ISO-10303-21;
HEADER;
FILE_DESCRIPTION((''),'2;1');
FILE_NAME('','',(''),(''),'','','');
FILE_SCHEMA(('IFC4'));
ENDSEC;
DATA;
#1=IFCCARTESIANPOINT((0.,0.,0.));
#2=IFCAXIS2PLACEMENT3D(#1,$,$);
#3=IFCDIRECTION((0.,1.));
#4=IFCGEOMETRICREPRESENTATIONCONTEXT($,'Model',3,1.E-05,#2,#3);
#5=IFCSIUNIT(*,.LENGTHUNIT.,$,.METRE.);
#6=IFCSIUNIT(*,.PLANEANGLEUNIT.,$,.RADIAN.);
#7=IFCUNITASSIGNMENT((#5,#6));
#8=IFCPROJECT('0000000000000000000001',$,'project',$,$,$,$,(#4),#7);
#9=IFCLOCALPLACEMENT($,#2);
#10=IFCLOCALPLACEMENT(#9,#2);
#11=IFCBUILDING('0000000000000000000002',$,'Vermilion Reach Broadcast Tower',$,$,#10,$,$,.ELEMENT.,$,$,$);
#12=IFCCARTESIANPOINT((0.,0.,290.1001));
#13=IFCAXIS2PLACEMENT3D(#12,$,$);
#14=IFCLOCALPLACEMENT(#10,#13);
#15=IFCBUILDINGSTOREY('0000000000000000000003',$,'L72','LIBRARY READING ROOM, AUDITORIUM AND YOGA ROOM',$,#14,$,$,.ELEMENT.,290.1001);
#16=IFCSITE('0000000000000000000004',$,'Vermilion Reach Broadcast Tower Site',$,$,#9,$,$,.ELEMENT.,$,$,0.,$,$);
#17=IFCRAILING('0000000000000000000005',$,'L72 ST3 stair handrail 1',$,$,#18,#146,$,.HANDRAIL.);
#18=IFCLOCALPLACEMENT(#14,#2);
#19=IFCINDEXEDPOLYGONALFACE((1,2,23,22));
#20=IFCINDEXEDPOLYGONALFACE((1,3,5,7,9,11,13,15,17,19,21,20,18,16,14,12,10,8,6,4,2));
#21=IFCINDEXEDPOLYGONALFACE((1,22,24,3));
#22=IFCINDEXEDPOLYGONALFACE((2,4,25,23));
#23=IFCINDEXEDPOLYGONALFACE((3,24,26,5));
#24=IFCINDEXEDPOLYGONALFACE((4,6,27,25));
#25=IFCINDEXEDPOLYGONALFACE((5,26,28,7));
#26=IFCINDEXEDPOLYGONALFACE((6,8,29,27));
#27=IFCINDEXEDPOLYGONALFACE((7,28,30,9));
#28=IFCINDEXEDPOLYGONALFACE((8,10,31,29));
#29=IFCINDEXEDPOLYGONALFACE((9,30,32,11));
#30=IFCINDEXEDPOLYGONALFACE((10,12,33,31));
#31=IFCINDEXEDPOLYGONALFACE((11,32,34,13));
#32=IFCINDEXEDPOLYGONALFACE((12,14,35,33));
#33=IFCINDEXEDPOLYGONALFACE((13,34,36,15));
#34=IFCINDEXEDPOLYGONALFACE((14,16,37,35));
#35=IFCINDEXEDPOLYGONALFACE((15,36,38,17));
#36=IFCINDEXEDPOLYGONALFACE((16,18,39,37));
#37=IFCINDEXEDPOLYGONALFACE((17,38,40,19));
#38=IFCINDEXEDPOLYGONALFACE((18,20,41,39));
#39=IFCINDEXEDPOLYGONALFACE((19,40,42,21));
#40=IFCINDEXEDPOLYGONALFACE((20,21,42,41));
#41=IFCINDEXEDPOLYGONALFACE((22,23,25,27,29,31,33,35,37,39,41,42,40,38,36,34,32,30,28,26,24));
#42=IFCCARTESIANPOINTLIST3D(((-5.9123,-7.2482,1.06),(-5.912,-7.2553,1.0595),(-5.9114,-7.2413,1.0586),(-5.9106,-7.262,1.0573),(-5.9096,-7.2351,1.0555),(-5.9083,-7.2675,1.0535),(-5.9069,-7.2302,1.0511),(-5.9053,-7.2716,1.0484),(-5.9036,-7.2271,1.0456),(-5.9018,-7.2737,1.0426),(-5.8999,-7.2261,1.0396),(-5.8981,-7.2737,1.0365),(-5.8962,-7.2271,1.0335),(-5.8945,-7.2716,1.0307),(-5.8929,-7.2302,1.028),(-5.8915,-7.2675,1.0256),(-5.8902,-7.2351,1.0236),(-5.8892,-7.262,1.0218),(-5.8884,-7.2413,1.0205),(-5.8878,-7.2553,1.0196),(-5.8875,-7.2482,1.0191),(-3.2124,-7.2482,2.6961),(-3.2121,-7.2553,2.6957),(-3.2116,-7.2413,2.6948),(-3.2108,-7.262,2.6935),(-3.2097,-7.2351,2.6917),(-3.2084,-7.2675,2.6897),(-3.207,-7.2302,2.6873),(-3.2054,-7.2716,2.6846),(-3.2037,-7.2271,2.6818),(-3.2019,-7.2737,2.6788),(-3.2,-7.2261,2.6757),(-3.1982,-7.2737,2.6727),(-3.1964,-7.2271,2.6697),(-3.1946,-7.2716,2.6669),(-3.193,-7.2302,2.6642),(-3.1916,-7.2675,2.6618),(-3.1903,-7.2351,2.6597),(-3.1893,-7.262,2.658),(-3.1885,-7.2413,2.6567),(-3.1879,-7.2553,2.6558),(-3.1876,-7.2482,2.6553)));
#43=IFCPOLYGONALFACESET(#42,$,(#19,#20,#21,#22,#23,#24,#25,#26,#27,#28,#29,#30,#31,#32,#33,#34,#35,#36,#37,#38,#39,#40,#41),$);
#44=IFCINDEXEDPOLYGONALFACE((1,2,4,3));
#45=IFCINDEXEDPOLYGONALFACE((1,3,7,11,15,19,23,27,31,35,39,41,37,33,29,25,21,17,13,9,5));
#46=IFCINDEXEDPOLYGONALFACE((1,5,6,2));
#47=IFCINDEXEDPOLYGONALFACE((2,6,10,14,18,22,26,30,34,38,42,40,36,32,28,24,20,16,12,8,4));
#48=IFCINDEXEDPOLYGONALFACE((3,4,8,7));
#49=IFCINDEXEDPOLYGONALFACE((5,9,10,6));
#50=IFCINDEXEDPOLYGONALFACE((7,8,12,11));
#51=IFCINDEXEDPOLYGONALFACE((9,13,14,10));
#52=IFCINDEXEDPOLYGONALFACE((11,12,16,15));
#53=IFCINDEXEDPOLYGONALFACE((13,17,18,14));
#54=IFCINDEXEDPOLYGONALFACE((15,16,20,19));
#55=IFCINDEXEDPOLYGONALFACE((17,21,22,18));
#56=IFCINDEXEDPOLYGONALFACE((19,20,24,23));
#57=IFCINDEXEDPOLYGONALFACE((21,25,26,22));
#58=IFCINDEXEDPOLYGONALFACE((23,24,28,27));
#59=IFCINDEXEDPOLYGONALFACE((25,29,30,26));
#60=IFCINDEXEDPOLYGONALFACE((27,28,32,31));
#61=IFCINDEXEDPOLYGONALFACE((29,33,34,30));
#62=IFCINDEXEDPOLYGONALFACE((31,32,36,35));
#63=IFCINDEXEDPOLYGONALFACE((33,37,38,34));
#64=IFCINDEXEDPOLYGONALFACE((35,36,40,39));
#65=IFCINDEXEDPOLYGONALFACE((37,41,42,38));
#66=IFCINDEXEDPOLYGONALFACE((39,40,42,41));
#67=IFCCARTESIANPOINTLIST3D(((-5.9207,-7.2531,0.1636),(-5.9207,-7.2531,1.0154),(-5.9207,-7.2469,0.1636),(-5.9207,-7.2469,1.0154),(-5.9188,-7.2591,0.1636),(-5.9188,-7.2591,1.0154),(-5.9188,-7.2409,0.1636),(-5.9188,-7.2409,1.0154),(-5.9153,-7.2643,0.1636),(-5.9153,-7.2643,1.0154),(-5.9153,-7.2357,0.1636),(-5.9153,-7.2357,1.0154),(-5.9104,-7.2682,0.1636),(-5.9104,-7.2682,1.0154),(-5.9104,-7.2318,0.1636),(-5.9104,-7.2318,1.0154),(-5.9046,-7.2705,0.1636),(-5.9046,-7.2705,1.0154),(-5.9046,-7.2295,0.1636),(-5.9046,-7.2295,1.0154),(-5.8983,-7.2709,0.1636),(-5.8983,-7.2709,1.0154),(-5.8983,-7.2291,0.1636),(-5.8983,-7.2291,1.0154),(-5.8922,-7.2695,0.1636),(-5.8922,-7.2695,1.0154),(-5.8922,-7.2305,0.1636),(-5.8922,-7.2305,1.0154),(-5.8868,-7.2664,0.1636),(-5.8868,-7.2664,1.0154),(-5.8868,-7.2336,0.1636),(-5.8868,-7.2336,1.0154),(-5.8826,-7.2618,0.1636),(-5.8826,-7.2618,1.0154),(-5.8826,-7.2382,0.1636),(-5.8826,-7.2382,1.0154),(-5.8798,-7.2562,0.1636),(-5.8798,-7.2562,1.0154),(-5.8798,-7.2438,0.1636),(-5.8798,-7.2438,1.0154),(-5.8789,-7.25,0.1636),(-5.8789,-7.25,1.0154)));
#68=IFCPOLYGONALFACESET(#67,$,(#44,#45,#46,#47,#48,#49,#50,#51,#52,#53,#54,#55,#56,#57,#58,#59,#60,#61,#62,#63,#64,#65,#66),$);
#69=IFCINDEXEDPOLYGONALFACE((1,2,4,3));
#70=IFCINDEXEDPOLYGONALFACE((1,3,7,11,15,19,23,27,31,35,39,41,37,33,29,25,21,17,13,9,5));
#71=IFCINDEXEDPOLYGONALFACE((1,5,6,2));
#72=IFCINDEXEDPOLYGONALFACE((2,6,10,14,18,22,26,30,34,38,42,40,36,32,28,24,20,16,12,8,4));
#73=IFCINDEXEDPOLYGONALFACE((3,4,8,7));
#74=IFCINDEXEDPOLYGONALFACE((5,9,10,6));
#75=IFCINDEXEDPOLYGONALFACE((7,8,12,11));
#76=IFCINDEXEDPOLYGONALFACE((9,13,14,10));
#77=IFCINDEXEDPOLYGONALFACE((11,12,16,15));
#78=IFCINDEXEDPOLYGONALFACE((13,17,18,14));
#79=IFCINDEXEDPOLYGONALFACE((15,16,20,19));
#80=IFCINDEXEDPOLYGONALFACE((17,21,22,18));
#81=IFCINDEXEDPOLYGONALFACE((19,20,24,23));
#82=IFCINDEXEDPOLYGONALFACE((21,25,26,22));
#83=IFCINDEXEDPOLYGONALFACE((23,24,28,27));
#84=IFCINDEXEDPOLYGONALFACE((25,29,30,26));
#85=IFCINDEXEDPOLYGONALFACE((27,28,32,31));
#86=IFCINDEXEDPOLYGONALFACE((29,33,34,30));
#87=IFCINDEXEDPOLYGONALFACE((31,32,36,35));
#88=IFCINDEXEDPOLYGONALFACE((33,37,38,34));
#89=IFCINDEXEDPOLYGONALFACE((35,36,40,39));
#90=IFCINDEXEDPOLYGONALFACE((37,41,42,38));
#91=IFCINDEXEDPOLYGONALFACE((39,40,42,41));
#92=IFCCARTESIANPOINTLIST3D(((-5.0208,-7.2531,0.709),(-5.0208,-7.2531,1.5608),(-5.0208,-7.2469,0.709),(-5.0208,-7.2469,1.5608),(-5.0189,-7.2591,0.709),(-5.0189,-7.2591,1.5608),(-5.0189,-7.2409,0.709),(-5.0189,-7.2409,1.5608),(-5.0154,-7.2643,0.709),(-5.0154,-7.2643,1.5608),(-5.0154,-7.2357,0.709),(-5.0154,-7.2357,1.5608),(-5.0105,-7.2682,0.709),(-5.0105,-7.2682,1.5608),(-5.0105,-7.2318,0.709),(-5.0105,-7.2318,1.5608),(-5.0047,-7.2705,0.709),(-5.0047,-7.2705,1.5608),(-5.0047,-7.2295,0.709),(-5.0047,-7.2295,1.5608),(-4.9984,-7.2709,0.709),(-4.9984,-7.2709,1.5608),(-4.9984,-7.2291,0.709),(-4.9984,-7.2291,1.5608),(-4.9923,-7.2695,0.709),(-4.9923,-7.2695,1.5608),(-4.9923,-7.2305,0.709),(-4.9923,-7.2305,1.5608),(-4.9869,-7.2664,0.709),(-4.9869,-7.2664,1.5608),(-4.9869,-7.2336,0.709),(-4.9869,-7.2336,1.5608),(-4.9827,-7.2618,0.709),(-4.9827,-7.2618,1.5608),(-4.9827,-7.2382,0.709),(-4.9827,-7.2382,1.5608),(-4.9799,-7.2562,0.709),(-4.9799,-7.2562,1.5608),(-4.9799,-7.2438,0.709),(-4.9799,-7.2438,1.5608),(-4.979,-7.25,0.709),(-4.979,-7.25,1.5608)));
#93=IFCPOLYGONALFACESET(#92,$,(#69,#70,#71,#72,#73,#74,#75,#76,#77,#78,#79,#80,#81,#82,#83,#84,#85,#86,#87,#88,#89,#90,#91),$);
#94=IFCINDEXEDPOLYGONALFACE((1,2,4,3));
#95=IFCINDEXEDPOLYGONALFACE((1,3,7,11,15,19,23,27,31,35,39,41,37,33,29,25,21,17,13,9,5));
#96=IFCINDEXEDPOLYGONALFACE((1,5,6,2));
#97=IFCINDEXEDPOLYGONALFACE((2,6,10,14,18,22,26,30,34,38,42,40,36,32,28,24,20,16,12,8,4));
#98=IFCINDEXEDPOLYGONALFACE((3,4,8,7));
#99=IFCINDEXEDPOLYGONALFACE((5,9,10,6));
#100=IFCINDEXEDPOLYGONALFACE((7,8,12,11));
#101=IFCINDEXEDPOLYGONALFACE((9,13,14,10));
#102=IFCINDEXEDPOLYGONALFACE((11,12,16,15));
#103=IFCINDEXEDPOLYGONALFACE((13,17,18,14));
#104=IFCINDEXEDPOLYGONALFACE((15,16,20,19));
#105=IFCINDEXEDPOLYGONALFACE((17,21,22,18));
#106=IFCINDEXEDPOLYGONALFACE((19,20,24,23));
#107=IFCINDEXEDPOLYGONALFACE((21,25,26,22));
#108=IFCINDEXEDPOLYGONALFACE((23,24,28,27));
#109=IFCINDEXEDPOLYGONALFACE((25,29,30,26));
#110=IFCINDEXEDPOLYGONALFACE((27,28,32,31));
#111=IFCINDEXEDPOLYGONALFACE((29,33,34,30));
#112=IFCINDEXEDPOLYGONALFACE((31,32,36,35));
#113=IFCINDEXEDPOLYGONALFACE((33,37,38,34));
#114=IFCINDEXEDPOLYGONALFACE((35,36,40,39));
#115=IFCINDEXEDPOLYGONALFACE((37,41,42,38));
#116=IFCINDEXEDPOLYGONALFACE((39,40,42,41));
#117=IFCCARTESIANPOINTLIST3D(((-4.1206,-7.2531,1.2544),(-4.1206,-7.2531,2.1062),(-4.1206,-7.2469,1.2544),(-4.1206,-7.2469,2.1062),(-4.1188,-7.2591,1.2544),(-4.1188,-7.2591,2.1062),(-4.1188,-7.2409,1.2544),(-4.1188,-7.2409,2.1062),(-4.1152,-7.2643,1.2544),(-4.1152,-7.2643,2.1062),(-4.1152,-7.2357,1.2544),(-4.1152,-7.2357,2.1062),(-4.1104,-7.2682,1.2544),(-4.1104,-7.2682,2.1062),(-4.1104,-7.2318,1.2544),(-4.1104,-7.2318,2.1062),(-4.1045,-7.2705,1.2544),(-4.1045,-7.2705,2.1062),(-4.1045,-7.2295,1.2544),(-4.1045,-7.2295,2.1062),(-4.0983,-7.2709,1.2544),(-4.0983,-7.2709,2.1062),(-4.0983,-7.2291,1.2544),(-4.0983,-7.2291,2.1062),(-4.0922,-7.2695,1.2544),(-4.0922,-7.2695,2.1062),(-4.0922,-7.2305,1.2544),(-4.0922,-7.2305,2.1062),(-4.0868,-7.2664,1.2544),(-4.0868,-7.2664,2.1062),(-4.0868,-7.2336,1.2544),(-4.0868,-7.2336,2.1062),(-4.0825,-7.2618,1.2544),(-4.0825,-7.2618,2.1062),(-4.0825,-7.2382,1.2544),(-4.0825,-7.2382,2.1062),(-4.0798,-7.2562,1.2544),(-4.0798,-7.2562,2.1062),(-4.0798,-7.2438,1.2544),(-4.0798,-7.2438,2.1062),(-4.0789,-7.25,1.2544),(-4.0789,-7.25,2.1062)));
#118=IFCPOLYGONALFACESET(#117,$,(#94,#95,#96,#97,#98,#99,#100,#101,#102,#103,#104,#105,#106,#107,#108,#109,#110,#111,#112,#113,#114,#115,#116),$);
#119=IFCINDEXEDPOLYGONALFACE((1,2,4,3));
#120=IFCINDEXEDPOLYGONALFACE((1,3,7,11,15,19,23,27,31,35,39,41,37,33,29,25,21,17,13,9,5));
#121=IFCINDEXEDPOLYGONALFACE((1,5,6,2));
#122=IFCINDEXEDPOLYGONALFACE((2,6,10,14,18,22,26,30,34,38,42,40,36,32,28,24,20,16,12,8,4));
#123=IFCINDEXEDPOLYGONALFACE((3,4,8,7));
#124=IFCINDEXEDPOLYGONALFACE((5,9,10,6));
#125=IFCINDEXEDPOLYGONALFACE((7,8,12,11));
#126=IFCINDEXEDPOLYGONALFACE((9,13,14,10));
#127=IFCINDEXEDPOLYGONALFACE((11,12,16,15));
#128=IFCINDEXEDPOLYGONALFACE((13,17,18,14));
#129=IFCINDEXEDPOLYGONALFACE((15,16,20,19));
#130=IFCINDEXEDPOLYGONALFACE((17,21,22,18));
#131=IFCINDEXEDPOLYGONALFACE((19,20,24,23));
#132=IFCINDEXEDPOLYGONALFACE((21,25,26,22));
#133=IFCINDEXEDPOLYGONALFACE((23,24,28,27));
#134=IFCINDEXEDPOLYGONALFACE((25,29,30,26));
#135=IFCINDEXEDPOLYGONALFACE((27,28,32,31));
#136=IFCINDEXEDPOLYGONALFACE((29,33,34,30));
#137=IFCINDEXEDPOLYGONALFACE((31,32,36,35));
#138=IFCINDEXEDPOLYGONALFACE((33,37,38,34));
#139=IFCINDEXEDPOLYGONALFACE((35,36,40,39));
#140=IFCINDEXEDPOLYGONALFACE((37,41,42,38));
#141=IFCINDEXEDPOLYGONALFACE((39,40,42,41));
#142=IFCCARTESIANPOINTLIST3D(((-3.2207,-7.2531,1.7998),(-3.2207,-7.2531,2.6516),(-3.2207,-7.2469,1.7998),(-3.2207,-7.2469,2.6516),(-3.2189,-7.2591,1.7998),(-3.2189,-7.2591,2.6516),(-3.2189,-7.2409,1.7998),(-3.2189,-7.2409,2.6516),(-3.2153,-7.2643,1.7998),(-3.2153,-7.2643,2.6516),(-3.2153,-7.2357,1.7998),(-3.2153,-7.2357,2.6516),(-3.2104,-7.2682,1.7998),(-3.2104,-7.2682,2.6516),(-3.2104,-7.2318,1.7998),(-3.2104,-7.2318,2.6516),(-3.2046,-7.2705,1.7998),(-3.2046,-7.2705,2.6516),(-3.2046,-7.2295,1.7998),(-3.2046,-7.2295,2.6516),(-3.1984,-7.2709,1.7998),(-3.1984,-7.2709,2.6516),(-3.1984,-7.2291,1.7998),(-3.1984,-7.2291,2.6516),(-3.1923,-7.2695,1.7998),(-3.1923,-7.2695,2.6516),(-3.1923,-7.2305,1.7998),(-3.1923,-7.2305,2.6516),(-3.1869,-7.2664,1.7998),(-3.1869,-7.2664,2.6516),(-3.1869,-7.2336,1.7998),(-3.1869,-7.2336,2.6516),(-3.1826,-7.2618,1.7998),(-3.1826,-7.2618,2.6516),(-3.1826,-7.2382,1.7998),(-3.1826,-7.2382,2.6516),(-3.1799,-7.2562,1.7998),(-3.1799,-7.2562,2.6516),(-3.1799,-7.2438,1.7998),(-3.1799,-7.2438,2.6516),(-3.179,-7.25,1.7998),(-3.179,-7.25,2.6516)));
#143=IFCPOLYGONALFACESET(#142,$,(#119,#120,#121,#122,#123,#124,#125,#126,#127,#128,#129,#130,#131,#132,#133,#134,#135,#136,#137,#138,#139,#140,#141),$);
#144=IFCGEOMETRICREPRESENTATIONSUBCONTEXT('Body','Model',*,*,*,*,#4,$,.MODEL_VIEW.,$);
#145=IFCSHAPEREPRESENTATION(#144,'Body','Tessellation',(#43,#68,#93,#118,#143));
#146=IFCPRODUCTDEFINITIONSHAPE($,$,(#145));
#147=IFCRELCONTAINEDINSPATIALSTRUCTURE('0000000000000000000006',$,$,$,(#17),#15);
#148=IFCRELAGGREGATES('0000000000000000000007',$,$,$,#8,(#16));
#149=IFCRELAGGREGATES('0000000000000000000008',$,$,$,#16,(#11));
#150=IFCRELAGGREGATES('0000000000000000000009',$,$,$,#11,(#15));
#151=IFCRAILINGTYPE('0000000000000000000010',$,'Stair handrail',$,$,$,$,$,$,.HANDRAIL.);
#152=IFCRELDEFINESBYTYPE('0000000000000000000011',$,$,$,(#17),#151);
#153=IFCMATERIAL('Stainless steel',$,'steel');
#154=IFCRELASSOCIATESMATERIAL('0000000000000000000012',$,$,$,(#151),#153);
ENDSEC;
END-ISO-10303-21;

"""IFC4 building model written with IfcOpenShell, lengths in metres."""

from ifc_helpers import new_model, si_unit, direction, frame, origin, origin_2d, place, context, subcontext, project, spatial, circle, extrude, material, type_object, element, save


model = new_model("IFC4")

# Units and contexts
model_context = context("Model", 3, precision=1e-05, world=origin(), true_north=direction((0.0, 1.0)))
body_context = subcontext(model_context, "Body", "Model", "MODEL_VIEW")
ifc_project = project(units=[si_unit("LENGTHUNIT", "METRE"), si_unit("PLANEANGLEUNIT", "RADIAN")], contexts=[model_context])

# Site, building, storey
site_placement = place(None, origin())
site = spatial("IfcSite", under=ifc_project, at=site_placement, Name="Vermilion Reach Broadcast Tower Site", CompositionType="ELEMENT", RefElevation=0.0)
building_placement = place(site_placement, origin())
building = spatial("IfcBuilding", under=site, at=building_placement, Name="Vermilion Reach Broadcast Tower", CompositionType="ELEMENT")
storey_placement = place(building_placement, frame((0.0, 0.0, 290.1001)))
storey = spatial("IfcBuildingStorey", under=building, at=storey_placement, Name="L72", Description="LIBRARY READING ROOM, AUDITORIUM AND YOGA ROOM", CompositionType="ELEMENT", Elevation=290.1001)

# Railing
ifc_material_1 = material(Name="Stainless steel", Category="steel")
railing_type_1 = type_object("IfcRailingType", Name="Stair handrail", PredefinedType="HANDRAIL", material=ifc_material_1)
railing_1_placement = place(storey_placement, frame((-5.8999, -7.25, 0.1636)))
element("IfcRailing", 1, at=railing_1_placement, inside=storey, type_object=railing_type_1, Name="L72 ST3 stair handrail 1", PredefinedType="HANDRAIL", context=body_context, shape_type="SweptSolid", body=[
    extrude(circle(Radius=0.0239, at=origin_2d()), frame((0.0, 0.0, 0.876), z_axis=(0.855212, 0.0, 0.518278), x_axis=(0.0, 1.0, 0.0)), (0.0, 0.0, 1.0), 3.157),
    extrude(circle(Radius=0.021, at=origin_2d()), origin(), (0.0, 0.0, 1.0), 0.8518),
    extrude(circle(Radius=0.021, at=origin_2d()), frame((0.8999, 0.0, 0.5454)), (0.0, 0.0, 1.0), 0.8518),
    extrude(circle(Radius=0.021, at=origin_2d()), frame((1.8, 0.0, 1.0908)), (0.0, 0.0, 1.0), 0.8518),
    extrude(circle(Radius=0.021, at=origin_2d()), frame((2.7, 0.0, 1.6362)), (0.0, 0.0, 1.0), 0.8518),
])

save(model, "model.ifc")
